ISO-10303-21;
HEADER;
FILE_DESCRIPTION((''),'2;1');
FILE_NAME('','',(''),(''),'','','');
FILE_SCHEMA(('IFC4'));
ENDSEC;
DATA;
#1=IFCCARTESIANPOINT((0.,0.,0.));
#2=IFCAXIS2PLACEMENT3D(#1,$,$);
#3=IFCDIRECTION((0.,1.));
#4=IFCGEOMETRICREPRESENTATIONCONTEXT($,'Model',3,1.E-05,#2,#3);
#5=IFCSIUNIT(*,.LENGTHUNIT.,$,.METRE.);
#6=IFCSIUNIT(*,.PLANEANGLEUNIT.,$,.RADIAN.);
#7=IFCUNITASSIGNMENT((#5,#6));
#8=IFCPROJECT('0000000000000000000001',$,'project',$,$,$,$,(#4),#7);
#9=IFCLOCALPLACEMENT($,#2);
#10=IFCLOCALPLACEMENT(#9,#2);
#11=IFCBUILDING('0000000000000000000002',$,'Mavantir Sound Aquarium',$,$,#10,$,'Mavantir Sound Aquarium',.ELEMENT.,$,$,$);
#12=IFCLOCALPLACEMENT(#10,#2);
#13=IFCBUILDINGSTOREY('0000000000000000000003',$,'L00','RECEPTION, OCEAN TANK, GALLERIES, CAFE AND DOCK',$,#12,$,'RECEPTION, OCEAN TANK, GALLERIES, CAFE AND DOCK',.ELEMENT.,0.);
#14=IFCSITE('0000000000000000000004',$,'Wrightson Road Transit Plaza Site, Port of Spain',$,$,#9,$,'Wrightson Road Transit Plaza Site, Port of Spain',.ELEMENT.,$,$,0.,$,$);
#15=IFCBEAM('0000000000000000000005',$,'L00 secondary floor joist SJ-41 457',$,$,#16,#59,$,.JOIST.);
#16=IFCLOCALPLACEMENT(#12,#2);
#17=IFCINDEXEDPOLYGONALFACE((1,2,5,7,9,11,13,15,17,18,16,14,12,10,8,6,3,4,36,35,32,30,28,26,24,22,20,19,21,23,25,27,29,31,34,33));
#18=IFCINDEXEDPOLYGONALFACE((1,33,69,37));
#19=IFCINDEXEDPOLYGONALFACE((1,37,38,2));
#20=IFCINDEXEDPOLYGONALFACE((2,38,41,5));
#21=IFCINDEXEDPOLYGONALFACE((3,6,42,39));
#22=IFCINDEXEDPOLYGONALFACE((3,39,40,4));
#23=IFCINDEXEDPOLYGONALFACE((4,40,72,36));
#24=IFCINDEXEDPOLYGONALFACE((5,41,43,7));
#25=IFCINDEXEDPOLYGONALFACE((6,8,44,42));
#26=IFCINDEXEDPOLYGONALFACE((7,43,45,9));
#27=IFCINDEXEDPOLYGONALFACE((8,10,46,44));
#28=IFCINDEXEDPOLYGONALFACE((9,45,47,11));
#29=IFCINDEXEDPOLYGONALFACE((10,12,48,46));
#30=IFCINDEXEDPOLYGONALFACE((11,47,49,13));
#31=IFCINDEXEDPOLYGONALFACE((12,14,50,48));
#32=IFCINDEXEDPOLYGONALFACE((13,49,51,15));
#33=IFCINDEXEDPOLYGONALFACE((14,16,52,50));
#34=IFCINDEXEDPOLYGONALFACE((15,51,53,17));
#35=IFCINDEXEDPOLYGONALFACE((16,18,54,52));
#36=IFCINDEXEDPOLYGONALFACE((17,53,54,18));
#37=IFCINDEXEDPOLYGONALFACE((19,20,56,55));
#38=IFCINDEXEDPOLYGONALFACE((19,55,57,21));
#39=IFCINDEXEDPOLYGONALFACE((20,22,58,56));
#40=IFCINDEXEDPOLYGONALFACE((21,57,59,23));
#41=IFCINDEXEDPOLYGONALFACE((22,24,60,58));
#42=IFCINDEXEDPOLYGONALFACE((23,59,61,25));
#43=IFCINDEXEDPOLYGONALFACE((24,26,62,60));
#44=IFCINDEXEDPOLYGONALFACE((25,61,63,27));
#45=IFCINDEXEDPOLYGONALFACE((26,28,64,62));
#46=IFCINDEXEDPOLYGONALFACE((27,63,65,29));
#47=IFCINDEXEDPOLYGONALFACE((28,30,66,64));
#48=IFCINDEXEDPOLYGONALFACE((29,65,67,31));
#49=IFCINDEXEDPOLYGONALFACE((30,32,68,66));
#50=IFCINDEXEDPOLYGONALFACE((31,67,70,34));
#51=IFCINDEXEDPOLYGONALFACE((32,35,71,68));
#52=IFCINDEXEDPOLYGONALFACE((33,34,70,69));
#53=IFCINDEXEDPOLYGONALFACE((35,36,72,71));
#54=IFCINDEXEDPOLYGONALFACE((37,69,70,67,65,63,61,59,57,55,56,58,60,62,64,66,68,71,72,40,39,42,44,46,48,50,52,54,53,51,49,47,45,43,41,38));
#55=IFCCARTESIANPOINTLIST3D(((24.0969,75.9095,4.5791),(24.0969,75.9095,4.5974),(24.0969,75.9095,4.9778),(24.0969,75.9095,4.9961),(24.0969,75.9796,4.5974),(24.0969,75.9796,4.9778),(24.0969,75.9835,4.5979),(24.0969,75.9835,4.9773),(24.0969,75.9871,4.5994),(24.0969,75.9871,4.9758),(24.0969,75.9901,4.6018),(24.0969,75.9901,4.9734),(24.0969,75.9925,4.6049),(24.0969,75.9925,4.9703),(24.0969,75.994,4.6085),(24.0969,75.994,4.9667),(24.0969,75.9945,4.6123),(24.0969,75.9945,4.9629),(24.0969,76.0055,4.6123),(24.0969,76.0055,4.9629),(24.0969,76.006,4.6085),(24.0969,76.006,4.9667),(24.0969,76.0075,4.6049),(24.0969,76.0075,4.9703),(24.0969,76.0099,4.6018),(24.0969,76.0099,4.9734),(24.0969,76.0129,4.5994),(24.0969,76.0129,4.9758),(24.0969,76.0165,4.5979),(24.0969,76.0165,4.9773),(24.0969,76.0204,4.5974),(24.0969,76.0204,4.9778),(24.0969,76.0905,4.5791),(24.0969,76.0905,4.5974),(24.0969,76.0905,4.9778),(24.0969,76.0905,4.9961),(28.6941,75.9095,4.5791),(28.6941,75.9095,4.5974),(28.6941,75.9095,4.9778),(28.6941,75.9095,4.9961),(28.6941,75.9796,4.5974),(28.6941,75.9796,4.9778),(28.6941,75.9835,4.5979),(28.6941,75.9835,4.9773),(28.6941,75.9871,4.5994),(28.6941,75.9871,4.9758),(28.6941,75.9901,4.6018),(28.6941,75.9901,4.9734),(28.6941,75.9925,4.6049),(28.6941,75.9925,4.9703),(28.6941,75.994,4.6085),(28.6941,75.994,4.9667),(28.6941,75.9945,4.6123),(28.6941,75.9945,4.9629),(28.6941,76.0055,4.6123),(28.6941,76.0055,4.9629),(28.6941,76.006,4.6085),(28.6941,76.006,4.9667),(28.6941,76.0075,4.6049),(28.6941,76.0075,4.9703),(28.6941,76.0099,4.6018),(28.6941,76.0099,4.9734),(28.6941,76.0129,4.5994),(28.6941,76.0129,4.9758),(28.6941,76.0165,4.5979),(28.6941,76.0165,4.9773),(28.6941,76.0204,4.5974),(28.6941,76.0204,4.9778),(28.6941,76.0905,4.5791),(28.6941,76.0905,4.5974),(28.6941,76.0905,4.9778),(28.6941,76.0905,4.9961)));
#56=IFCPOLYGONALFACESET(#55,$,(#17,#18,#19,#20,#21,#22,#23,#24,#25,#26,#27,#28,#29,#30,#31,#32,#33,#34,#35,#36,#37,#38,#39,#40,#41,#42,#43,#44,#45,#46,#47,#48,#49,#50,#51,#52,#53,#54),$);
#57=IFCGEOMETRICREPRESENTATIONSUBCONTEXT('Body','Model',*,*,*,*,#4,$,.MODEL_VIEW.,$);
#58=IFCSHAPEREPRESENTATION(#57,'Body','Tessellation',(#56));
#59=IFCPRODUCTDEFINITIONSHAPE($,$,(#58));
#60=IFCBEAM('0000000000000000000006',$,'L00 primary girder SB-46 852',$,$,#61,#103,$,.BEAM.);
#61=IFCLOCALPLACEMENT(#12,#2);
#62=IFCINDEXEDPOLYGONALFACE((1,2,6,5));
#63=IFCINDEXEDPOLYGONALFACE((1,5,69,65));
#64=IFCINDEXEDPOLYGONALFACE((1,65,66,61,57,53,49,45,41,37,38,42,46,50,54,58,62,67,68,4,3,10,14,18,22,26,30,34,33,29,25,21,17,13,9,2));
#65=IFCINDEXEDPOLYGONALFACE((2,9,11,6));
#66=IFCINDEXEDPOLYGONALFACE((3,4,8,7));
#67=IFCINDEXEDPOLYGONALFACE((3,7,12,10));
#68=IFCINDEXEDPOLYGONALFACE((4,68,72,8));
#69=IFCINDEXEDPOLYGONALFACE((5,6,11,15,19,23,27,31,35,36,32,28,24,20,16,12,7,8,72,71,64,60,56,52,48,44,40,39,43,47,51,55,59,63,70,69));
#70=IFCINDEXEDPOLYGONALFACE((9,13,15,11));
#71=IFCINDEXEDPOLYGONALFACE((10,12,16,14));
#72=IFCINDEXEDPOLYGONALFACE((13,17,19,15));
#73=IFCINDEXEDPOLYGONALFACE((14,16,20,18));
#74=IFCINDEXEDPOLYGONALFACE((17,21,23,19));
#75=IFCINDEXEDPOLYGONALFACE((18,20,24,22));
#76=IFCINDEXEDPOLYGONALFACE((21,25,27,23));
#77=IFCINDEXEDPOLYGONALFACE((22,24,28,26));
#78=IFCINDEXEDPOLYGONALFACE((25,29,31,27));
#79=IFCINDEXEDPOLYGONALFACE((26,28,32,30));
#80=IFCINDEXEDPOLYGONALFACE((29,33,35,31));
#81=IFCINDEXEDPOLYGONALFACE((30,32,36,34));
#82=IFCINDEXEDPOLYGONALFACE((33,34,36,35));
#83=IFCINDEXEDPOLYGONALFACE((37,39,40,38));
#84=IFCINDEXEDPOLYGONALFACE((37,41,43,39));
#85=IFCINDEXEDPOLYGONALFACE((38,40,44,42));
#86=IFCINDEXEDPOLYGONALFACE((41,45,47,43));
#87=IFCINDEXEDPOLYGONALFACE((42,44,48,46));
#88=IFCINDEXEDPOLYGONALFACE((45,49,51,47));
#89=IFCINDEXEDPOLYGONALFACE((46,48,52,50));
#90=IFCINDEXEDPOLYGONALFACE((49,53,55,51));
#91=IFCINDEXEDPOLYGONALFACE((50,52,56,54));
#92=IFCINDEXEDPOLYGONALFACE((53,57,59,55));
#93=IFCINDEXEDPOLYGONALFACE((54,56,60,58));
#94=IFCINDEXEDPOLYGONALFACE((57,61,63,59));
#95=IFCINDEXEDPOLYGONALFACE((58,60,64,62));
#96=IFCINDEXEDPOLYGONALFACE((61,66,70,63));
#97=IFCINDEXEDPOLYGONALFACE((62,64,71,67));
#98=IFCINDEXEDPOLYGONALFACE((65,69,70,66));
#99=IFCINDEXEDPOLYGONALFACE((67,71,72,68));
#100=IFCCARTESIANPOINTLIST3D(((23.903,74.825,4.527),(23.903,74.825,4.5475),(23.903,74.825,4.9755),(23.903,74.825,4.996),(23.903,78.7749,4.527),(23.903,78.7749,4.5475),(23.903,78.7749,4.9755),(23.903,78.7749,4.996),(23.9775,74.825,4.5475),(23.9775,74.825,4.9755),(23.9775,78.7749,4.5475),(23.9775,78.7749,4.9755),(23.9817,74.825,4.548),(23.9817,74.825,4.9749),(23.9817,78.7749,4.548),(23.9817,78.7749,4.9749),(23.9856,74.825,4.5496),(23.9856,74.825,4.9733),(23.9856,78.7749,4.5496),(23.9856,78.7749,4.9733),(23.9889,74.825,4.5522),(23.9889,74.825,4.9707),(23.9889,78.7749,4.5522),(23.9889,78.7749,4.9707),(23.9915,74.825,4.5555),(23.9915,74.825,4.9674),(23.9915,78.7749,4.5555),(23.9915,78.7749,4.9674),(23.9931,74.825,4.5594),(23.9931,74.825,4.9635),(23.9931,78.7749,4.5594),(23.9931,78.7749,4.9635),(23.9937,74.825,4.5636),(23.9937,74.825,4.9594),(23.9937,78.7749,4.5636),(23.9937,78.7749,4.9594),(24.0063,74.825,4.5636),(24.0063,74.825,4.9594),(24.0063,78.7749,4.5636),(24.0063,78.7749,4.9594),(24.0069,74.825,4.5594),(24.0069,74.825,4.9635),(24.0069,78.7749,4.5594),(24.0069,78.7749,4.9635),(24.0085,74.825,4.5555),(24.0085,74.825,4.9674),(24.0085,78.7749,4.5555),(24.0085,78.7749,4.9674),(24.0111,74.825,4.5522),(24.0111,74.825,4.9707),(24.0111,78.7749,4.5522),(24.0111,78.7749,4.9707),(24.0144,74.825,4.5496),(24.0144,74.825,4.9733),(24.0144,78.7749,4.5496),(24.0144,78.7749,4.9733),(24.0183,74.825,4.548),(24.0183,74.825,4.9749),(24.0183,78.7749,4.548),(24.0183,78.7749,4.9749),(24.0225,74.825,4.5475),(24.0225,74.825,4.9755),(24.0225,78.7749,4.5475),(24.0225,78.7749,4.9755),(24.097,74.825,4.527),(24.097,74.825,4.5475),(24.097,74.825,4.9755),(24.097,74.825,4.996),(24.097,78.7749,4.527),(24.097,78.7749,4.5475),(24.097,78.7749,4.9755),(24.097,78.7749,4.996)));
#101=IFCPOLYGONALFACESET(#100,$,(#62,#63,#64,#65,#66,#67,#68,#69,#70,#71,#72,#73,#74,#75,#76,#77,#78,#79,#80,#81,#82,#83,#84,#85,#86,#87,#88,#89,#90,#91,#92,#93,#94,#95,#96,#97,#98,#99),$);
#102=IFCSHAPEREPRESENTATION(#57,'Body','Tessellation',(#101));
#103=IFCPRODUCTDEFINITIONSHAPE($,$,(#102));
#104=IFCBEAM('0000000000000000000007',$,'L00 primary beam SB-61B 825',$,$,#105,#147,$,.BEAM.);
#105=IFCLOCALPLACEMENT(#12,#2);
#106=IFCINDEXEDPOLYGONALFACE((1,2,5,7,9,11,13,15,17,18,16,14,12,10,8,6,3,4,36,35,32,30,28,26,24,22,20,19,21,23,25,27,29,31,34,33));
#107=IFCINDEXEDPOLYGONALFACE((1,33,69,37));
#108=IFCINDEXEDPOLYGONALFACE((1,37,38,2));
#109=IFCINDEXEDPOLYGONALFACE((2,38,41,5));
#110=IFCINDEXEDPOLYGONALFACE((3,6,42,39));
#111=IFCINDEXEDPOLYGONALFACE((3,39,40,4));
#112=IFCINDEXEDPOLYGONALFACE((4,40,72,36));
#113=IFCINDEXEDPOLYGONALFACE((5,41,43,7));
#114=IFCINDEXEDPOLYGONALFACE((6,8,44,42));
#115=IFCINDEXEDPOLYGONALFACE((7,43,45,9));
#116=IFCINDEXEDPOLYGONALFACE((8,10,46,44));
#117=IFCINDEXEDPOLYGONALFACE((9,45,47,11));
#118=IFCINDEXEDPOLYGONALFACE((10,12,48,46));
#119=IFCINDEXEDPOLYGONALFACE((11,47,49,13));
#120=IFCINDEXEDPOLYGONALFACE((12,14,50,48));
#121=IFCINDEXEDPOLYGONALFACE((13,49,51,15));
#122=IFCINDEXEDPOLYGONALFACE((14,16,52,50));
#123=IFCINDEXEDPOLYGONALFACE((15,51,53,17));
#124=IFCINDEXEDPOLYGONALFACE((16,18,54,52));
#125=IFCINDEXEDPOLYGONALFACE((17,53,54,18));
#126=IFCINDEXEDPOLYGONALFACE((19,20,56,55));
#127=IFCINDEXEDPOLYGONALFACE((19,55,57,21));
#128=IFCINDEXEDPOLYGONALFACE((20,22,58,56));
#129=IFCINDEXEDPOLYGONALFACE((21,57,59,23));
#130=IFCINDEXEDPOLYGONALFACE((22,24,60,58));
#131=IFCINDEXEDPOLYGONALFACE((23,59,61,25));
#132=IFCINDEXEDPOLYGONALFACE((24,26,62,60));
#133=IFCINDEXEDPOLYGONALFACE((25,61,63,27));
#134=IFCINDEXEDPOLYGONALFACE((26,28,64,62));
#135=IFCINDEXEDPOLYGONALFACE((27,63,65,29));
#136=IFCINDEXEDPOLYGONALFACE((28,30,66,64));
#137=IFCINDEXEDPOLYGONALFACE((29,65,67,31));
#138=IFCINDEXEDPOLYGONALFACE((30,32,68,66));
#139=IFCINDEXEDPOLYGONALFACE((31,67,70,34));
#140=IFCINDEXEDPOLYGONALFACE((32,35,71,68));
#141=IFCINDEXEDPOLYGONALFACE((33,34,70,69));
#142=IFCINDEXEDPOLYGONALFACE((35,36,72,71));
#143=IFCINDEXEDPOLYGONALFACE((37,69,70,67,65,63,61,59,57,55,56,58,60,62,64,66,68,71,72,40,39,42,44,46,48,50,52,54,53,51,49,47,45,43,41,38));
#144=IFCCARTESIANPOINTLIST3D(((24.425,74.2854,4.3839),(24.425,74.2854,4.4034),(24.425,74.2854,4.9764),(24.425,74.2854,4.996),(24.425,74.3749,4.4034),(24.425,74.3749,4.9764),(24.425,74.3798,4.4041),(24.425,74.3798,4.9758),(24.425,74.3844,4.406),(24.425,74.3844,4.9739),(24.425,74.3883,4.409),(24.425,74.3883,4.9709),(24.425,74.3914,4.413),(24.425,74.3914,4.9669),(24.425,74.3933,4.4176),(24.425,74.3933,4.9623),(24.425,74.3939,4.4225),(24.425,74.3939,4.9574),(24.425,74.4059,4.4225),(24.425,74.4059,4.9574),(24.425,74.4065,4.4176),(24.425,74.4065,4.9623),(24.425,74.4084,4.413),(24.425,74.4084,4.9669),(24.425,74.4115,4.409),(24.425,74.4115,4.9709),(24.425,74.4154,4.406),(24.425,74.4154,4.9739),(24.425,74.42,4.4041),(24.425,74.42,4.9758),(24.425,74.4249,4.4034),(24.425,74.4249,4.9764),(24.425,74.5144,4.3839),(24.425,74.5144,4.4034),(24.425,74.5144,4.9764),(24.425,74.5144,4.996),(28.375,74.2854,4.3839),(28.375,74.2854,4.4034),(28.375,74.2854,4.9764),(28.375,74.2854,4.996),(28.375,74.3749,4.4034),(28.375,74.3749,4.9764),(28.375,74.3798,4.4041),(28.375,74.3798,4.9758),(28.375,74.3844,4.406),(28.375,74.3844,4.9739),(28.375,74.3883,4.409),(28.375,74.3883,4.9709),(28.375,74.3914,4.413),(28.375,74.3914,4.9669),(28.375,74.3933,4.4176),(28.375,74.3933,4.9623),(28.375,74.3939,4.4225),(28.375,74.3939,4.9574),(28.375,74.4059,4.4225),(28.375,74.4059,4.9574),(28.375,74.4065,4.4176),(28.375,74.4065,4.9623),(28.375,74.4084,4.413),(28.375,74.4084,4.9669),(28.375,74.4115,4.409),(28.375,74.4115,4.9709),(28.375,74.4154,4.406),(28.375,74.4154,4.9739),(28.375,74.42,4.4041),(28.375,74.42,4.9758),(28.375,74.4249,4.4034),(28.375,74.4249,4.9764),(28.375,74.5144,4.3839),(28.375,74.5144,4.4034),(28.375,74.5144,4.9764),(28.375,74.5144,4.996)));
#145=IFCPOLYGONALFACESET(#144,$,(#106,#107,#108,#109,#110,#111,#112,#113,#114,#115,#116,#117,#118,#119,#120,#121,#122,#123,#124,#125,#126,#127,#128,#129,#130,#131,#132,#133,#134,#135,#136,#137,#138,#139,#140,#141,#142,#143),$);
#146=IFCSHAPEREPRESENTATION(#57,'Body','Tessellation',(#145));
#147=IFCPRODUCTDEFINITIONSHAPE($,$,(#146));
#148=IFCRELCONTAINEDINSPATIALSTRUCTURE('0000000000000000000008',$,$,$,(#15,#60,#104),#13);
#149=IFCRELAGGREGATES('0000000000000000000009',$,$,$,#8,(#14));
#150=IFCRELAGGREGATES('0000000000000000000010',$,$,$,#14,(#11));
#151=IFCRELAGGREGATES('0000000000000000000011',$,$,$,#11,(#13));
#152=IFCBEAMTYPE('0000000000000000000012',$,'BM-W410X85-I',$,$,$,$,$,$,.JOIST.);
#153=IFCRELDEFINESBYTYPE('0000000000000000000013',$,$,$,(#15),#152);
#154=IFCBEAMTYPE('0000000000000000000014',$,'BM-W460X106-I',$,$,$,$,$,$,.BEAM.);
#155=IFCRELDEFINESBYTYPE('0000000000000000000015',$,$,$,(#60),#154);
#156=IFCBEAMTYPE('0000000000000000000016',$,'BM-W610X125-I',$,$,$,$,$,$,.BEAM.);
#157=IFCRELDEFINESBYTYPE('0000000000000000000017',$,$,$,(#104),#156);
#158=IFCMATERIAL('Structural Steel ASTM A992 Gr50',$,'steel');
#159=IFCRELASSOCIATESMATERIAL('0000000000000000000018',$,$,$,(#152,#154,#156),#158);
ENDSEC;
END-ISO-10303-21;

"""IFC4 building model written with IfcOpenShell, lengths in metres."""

from ifc_helpers import new_model, si_unit, direction, frame, origin, origin_2d, place, context, subcontext, project, spatial, i_section, extrude, material, material_profile, profile_set, type_object, element, save


model = new_model("IFC4")

# Units and contexts
model_context = context("Model", 3, precision=1e-05, world=origin(), true_north=direction((0.0, 1.0)))
body_context = subcontext(model_context, "Body", "Model", "MODEL_VIEW")
ifc_project = project(units=[si_unit("LENGTHUNIT", "METRE"), si_unit("PLANEANGLEUNIT", "RADIAN")], contexts=[model_context])

# Site, building, storey
site_placement = place(None, origin())
site = spatial("IfcSite", under=ifc_project, at=site_placement, Name="Wrightson Road Transit Plaza Site, Port of Spain", LongName="Wrightson Road Transit Plaza Site, Port of Spain", CompositionType="ELEMENT", RefElevation=0.0)
building_placement = place(site_placement, origin())
building = spatial("IfcBuilding", under=site, at=building_placement, Name="Mavantir Sound Aquarium", LongName="Mavantir Sound Aquarium", CompositionType="ELEMENT")
storey_placement = place(building_placement, origin())
storey = spatial("IfcBuildingStorey", under=building, at=storey_placement, Name="L00", Description="RECEPTION, OCEAN TANK, GALLERIES, CAFE AND DOCK", LongName="RECEPTION, OCEAN TANK, GALLERIES, CAFE AND DOCK", CompositionType="ELEMENT", Elevation=0.0)

# Beams
ifc_material_1 = material(Name="Structural Steel ASTM A992 Gr50", Category="steel")
ifc_material_profile_1 = material_profile(ifc_material_1, i_section(OverallWidth=0.1809, OverallDepth=0.417, WebThickness=0.011, FlangeThickness=0.0183, FilletRadius=0.0149, at=origin_2d()), Name="W410X85")
ifc_profile_set_1 = profile_set([ifc_material_profile_1], Name="Structural Steel ASTM A992 Gr50")
beam_type_1 = type_object("IfcBeamType", Name="BM-W410X85-I", PredefinedType="JOIST", material=ifc_profile_set_1)
beam_1_placement = place(storey_placement, frame((24.0969, 76.0, 4.7876), z_axis=(1.0, 0.0, 0.0), x_axis=(0.0, 1.0, 0.0)))
element("IfcBeam", 1, at=beam_1_placement, inside=storey, type_object=beam_type_1, Name="L00 secondary floor joist SJ-41 457", PredefinedType="JOIST", context=body_context, shape_type="SweptSolid", body=[
    extrude(i_section(OverallWidth=0.1809, OverallDepth=0.417, WebThickness=0.011, FlangeThickness=0.0183, FilletRadius=0.0149, at=origin_2d()), origin(), (0.0, 0.0, 1.0), 4.5972),
])
ifc_material_profile_2 = material_profile(ifc_material_1, i_section(OverallWidth=0.1941, OverallDepth=0.469, WebThickness=0.0127, FlangeThickness=0.0205, FilletRadius=0.0161, at=origin_2d()), Name="W460X106")
ifc_profile_set_2 = profile_set([ifc_material_profile_2], Name="Structural Steel ASTM A992 Gr50")
beam_type_2 = type_object("IfcBeamType", Name="BM-W460X106-I", PredefinedType="BEAM", material=ifc_profile_set_2)
beam_2_placement = place(storey_placement, frame((24.0, 74.825, 4.7615), z_axis=(0.0, 1.0, 0.0), x_axis=(-1.0, 0.0, 0.0)))
element("IfcBeam", 2, at=beam_2_placement, inside=storey, type_object=beam_type_2, Name="L00 primary girder SB-46 852", PredefinedType="BEAM", context=body_context, shape_type="SweptSolid", body=[
    extrude(i_section(OverallWidth=0.1941, OverallDepth=0.469, WebThickness=0.0127, FlangeThickness=0.0205, FilletRadius=0.0161, at=origin_2d()), origin(), (0.0, 0.0, 1.0), 3.95),
])
ifc_material_profile_3 = material_profile(ifc_material_1, i_section(OverallWidth=0.229, OverallDepth=0.6121, WebThickness=0.012, FlangeThickness=0.0195, FilletRadius=0.019, at=origin_2d()), Name="W610X125")
ifc_profile_set_3 = profile_set([ifc_material_profile_3], Name="Structural Steel ASTM A992 Gr50")
beam_type_3 = type_object("IfcBeamType", Name="BM-W610X125-I", PredefinedType="BEAM", material=ifc_profile_set_3)
beam_3_placement = place(storey_placement, frame((24.425, 74.3999, 4.6899), z_axis=(1.0, 0.0, 0.0), x_axis=(0.0, 1.0, 0.0)))
element("IfcBeam", 3, at=beam_3_placement, inside=storey, type_object=beam_type_3, Name="L00 primary beam SB-61B 825", PredefinedType="BEAM", context=body_context, shape_type="SweptSolid", body=[
    extrude(i_section(OverallWidth=0.229, OverallDepth=0.6121, WebThickness=0.012, FlangeThickness=0.0195, FilletRadius=0.019, at=origin_2d()), origin(), (0.0, 0.0, 1.0), 3.95),
])

save(model, "model.ifc")
